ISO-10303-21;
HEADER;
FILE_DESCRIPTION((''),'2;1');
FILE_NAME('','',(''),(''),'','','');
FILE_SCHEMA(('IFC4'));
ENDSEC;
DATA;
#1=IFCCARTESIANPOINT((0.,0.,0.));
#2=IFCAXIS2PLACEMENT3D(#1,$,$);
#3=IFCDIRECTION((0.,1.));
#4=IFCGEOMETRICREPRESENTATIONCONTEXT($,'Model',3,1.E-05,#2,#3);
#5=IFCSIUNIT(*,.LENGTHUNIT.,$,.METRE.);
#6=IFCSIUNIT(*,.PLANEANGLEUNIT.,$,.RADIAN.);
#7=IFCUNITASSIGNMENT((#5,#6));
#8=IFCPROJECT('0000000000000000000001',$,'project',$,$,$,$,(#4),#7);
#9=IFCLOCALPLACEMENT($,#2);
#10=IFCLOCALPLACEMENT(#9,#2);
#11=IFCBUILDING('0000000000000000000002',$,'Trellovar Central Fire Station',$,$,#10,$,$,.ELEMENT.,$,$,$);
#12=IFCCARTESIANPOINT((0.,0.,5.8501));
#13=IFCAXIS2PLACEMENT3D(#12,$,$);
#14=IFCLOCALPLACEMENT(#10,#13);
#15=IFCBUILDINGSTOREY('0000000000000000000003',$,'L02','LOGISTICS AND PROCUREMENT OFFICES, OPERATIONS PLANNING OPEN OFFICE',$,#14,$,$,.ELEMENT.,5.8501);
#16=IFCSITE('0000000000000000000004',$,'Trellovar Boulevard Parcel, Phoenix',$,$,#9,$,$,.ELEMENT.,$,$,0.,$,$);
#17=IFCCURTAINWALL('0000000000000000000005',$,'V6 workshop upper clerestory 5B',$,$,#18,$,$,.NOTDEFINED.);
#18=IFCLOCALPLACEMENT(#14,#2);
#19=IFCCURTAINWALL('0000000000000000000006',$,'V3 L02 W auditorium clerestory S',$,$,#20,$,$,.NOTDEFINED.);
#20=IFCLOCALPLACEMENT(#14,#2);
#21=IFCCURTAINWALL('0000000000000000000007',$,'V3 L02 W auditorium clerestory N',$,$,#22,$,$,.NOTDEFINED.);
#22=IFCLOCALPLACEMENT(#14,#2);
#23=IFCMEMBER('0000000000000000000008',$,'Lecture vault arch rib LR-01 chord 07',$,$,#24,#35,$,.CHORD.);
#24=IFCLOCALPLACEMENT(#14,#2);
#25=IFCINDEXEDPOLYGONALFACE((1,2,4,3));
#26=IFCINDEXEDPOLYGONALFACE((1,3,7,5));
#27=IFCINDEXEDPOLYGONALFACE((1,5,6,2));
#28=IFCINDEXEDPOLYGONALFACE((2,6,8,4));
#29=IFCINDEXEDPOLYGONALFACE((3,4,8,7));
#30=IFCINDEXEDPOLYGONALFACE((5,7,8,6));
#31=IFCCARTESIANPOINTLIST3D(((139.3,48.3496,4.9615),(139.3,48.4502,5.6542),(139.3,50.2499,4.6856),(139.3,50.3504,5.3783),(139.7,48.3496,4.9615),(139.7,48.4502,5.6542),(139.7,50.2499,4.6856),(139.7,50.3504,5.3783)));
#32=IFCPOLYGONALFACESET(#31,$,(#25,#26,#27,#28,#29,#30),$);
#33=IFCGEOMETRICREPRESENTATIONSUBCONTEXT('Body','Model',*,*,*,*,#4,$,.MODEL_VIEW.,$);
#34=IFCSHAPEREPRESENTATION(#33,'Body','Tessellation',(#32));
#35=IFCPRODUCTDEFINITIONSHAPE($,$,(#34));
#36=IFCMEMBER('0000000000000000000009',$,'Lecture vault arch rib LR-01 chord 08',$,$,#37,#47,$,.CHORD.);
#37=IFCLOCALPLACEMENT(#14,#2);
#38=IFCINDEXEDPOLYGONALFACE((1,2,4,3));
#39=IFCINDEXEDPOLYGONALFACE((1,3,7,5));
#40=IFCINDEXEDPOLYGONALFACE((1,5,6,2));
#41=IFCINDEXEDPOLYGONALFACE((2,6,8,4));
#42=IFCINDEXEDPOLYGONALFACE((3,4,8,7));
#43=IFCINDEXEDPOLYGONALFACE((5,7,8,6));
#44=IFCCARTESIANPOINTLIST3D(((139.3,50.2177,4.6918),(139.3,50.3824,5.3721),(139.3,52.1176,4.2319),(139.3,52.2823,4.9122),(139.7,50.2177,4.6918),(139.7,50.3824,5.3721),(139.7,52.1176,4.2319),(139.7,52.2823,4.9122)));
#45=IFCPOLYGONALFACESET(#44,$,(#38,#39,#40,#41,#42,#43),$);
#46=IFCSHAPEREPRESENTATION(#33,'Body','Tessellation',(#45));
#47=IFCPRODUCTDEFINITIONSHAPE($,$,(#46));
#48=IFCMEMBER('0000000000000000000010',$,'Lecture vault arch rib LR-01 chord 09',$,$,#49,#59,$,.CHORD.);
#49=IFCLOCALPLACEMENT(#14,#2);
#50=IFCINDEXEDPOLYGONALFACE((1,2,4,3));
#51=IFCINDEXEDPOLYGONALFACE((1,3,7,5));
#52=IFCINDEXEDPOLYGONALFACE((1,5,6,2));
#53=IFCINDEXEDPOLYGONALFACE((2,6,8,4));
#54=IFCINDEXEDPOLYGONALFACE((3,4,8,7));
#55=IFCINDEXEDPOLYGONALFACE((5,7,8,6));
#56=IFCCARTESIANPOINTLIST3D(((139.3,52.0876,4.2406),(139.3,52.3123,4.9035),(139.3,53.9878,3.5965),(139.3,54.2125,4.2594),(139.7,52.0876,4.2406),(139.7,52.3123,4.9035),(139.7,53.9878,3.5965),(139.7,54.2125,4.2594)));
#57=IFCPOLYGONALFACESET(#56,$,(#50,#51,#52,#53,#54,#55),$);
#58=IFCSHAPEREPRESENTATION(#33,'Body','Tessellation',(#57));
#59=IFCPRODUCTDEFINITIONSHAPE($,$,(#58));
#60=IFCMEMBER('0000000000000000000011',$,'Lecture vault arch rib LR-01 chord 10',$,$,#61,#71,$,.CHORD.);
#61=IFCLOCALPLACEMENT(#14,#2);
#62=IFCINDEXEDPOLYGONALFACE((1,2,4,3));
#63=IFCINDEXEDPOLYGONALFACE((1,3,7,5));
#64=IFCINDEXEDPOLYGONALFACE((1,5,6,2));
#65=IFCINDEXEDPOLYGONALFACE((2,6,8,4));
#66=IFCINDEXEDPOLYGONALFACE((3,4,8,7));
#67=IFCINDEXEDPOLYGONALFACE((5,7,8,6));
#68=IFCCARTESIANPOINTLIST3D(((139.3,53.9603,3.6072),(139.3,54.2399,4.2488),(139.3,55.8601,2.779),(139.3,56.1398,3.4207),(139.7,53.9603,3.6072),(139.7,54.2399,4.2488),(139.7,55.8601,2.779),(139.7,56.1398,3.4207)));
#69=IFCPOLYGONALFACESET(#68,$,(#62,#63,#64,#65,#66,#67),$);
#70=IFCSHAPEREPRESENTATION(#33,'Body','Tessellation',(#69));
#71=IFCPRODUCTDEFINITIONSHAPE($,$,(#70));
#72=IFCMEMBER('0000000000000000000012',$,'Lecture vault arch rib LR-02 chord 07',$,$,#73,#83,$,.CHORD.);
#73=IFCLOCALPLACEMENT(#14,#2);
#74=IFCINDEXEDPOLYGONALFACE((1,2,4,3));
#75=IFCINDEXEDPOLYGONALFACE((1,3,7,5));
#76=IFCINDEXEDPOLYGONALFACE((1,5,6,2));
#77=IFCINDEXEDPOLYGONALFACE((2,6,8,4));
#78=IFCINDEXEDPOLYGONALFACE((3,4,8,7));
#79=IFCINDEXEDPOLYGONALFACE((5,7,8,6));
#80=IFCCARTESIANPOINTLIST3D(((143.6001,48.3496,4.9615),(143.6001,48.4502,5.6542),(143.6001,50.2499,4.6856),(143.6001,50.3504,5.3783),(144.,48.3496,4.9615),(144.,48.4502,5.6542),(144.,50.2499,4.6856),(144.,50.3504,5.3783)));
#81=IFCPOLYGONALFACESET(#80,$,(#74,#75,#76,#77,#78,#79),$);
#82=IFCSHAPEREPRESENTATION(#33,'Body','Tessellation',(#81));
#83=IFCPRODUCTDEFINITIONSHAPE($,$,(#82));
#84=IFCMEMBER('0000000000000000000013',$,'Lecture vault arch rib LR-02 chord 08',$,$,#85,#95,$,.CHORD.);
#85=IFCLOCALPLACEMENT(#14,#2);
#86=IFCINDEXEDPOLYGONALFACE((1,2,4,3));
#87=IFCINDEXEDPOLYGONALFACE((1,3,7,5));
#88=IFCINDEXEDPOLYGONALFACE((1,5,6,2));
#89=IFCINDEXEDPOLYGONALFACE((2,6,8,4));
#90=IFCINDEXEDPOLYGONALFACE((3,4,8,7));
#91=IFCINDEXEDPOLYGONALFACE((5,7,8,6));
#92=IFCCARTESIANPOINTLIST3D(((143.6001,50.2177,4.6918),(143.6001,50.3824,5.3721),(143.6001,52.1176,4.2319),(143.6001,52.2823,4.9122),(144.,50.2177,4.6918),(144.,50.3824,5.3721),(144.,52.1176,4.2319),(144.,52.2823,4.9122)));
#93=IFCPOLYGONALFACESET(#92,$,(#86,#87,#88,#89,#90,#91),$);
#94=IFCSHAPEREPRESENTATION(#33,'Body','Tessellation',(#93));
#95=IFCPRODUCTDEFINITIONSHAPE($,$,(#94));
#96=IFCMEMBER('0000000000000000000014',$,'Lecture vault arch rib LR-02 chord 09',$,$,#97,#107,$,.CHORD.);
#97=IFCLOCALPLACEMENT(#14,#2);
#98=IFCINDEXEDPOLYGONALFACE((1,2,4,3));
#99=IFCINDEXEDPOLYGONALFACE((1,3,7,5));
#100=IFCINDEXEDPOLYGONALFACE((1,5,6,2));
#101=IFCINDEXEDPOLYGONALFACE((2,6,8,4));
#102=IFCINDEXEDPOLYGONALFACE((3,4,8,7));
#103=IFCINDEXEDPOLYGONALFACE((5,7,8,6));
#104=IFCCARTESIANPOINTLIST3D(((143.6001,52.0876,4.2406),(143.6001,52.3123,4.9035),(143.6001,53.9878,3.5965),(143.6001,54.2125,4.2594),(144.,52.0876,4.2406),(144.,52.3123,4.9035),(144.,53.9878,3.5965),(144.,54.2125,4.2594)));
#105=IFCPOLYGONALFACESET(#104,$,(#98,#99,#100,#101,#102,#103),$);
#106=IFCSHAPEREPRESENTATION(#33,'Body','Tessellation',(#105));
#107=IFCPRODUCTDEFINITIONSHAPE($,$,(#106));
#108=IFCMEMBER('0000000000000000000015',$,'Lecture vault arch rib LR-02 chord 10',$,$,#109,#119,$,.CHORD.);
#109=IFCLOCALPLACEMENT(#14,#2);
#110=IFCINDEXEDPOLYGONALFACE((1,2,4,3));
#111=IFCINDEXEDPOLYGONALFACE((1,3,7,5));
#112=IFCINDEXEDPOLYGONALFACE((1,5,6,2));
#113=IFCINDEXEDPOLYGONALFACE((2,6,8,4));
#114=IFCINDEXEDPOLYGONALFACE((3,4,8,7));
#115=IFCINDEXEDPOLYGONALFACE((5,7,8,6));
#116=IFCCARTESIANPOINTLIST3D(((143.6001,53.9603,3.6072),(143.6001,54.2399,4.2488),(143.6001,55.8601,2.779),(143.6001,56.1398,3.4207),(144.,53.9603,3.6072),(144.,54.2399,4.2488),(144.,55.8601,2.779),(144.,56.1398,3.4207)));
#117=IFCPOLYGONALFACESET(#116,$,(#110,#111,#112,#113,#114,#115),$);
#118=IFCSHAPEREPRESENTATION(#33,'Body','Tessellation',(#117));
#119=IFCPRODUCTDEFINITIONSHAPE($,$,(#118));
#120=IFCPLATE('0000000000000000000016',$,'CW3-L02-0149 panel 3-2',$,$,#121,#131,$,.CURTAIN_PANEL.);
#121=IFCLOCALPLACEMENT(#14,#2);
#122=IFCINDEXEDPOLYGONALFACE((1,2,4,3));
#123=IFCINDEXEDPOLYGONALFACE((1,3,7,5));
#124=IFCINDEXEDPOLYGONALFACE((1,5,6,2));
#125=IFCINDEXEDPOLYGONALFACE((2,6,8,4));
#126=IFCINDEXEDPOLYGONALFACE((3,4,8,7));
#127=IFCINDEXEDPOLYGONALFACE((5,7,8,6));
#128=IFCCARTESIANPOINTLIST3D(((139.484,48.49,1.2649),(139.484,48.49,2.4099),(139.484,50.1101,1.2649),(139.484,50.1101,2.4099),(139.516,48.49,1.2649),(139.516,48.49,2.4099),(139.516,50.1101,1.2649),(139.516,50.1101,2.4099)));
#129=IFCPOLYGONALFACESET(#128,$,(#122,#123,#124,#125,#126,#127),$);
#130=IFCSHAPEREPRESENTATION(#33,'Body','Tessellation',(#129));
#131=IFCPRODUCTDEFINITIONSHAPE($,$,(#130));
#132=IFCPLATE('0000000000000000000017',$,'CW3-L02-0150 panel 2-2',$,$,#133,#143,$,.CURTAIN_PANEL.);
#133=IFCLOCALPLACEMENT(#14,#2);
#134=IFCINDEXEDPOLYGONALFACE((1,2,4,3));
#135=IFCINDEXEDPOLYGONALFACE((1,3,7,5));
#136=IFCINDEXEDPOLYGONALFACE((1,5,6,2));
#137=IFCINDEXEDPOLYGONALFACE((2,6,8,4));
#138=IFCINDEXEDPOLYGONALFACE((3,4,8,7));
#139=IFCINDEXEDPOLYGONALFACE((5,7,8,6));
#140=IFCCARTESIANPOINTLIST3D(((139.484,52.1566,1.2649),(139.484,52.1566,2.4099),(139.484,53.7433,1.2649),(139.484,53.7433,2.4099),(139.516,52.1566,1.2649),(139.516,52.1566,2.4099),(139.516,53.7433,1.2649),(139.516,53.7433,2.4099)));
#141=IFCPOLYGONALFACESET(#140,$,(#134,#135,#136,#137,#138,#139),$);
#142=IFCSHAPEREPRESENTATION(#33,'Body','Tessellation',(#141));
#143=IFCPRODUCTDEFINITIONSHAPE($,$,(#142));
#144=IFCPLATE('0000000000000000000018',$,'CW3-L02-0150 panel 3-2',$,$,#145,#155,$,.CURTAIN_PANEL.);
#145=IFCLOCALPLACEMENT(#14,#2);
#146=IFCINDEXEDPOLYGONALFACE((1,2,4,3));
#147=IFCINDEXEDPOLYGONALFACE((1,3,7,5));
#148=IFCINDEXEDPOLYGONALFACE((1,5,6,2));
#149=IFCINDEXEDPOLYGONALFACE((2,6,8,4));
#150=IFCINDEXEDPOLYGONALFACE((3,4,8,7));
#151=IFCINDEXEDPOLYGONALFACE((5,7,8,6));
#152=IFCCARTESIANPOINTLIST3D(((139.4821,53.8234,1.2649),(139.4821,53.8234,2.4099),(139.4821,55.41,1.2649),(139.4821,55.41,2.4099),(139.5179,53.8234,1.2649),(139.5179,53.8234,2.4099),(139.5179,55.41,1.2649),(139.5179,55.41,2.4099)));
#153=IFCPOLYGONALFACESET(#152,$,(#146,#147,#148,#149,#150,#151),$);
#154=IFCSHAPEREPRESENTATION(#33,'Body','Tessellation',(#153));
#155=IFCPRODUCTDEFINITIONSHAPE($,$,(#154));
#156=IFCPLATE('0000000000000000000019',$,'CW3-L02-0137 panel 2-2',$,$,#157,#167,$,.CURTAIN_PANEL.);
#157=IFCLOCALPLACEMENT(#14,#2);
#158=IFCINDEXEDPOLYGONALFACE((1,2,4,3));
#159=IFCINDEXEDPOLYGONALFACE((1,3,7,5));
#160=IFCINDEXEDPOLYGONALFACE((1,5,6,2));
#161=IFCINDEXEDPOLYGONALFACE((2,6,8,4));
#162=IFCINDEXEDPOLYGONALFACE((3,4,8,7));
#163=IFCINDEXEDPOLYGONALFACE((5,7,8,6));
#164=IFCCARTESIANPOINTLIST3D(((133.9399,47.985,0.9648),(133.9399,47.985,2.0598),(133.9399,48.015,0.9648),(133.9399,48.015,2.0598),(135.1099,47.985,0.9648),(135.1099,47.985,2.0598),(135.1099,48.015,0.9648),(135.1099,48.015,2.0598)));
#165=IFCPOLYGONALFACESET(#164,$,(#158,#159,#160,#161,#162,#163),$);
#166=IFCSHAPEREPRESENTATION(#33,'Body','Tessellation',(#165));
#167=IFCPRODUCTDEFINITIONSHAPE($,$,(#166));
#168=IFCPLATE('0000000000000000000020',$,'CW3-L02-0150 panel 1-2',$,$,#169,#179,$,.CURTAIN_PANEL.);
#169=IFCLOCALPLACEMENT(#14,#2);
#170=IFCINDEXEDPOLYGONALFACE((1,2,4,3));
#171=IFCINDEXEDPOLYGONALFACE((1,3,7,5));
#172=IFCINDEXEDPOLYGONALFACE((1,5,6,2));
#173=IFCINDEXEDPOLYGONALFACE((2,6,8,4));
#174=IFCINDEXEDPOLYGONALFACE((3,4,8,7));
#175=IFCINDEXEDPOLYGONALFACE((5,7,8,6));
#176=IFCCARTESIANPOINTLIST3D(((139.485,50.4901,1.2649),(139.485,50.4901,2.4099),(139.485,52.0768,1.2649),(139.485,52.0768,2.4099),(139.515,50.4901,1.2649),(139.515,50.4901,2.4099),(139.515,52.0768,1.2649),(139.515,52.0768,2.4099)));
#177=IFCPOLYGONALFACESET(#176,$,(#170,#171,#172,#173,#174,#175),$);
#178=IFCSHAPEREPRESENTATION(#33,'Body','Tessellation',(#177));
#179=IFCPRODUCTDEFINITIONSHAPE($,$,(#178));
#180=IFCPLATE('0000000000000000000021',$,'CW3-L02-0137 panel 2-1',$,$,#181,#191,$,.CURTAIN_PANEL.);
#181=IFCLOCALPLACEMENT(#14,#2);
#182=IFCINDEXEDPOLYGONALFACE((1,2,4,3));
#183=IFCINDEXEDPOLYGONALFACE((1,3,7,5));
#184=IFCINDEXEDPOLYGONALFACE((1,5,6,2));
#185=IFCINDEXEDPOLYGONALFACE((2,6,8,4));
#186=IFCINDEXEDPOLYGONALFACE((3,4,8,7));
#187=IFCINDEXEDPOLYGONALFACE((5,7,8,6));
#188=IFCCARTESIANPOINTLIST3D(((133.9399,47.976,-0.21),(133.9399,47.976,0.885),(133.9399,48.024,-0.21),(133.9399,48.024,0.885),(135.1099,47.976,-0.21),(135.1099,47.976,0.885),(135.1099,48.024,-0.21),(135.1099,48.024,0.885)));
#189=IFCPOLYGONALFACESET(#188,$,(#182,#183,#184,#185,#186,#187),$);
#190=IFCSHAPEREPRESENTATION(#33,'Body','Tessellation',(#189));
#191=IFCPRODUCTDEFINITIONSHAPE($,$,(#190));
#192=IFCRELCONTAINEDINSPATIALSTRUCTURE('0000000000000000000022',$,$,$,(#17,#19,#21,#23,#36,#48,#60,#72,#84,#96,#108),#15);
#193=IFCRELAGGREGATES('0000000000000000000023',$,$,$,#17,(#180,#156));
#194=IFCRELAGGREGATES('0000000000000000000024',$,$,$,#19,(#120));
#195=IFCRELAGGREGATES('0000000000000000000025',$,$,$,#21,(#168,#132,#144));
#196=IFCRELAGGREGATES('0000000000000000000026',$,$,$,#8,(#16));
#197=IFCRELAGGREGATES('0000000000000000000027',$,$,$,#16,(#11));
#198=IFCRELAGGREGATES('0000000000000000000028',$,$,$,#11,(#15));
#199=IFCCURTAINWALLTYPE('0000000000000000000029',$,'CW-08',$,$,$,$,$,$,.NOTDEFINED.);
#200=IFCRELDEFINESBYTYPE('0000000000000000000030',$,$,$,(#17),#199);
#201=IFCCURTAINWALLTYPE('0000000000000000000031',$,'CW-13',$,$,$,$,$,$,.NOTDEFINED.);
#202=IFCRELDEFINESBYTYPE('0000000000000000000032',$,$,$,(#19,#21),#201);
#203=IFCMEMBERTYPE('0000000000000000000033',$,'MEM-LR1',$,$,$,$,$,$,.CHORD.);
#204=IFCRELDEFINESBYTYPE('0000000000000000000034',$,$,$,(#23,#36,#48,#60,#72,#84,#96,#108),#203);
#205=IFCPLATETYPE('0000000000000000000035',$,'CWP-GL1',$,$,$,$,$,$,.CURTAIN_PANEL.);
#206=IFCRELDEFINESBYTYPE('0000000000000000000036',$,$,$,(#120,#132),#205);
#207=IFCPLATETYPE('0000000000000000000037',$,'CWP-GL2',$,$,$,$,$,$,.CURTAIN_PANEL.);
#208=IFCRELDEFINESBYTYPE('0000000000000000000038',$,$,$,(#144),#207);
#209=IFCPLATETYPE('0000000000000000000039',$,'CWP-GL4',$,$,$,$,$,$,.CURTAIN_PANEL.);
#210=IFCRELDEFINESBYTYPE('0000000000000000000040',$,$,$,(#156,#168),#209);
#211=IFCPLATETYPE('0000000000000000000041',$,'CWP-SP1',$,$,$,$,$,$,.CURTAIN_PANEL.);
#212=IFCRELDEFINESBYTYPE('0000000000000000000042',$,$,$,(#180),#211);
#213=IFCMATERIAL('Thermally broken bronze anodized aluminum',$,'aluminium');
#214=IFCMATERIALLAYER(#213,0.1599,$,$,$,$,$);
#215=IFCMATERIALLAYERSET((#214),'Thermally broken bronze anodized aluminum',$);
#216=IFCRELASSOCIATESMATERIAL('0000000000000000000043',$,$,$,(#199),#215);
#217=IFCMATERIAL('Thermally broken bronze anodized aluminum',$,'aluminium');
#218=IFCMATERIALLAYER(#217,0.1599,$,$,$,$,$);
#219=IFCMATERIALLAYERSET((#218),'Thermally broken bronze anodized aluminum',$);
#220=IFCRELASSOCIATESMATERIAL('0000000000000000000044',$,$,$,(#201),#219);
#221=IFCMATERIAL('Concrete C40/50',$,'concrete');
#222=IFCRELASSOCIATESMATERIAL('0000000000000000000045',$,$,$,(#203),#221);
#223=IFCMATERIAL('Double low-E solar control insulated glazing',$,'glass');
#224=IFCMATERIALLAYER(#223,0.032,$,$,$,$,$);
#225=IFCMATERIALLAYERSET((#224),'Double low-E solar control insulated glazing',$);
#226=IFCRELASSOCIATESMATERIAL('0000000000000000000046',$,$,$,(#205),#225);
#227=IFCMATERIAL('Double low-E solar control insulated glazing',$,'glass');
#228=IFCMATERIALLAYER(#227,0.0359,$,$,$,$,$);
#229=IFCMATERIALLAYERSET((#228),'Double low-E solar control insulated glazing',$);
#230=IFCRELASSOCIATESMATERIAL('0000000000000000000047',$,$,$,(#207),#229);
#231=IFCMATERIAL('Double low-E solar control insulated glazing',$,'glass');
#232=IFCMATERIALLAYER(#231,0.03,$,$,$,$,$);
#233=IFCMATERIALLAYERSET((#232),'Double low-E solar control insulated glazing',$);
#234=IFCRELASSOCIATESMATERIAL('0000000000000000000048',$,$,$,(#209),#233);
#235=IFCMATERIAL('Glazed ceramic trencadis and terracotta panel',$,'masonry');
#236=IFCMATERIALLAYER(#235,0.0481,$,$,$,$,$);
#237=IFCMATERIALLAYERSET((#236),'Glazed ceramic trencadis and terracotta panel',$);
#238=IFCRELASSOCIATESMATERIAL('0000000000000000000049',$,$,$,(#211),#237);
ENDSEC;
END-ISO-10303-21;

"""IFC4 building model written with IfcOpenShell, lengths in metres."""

from ifc_helpers import new_model, si_unit, direction, frame, origin, origin_2d, place, context, subcontext, project, spatial, rectangle, extrude, material, layer, layer_set, material_profile, profile_set, type_object, element, aggregate, save


model = new_model("IFC4")

# Units and contexts
model_context = context("Model", 3, precision=1e-05, world=origin(), true_north=direction((0.0, 1.0)))
body_context = subcontext(model_context, "Body", "Model", "MODEL_VIEW")
ifc_project = project(units=[si_unit("LENGTHUNIT", "METRE"), si_unit("PLANEANGLEUNIT", "RADIAN")], contexts=[model_context])

# Site, building, storey
site_placement = place(None, origin())
site = spatial("IfcSite", under=ifc_project, at=site_placement, Name="Trellovar Boulevard Parcel, Phoenix", CompositionType="ELEMENT", RefElevation=0.0)
building_placement = place(site_placement, origin())
building = spatial("IfcBuilding", under=site, at=building_placement, Name="Trellovar Central Fire Station", CompositionType="ELEMENT")
storey_placement = place(building_placement, frame((0.0, 0.0, 5.8501)))
storey = spatial("IfcBuildingStorey", under=building, at=storey_placement, Name="L02", Description="LOGISTICS AND PROCUREMENT OFFICES, OPERATIONS PLANNING OPEN OFFICE", CompositionType="ELEMENT", Elevation=5.8501)

# Curtain wall
ifc_material_1 = material(Name="Thermally broken bronze anodized aluminum", Category="aluminium")
ifc_layer_1 = layer(ifc_material_1, 0.1599)
ifc_layer_set_1 = layer_set([ifc_layer_1], Name="Thermally broken bronze anodized aluminum")
curtain_wall_type_1 = type_object("IfcCurtainWallType", Name="CW-08", PredefinedType="NOTDEFINED", material=ifc_layer_set_1)
curtain_wall_1_placement = place(storey_placement, origin())
curtain_wall_1 = element("IfcCurtainWall", 1, at=curtain_wall_1_placement, inside=storey, type_object=curtain_wall_type_1, Name="V6 workshop upper clerestory 5B", PredefinedType="NOTDEFINED")

# Curtain walls
ifc_material_2 = material(Name="Thermally broken bronze anodized aluminum", Category="aluminium")
ifc_layer_2 = layer(ifc_material_2, 0.1599)
ifc_layer_set_2 = layer_set([ifc_layer_2], Name="Thermally broken bronze anodized aluminum")
curtain_wall_type_2 = type_object("IfcCurtainWallType", Name="CW-13", PredefinedType="NOTDEFINED", material=ifc_layer_set_2)
curtain_wall_2_placement = place(storey_placement, origin())
curtain_wall_2 = element("IfcCurtainWall", 2, at=curtain_wall_2_placement, inside=storey, type_object=curtain_wall_type_2, Name="V3 L02 W auditorium clerestory S", PredefinedType="NOTDEFINED")
curtain_wall_3_placement = place(storey_placement, origin())
curtain_wall_3 = element("IfcCurtainWall", 3, at=curtain_wall_3_placement, inside=storey, type_object=curtain_wall_type_2, Name="V3 L02 W auditorium clerestory N", PredefinedType="NOTDEFINED")

# Members
ifc_material_3 = material(Name="Concrete C40/50", Category="concrete")
ifc_material_profile_1 = material_profile(ifc_material_3, rectangle(XDim=0.3999, YDim=0.7, at=origin_2d()), Name="RC400X700")
ifc_profile_set_1 = profile_set([ifc_material_profile_1], Name="Concrete C40/50")
member_type_1 = type_object("IfcMemberType", Name="MEM-LR1", PredefinedType="CHORD", material=ifc_profile_set_1)
member_1_placement = place(storey_placement, frame((139.5, 48.3999, 5.3079), z_axis=(0.0, 0.989624, -0.143682), x_axis=(-1.0, 0.0, 0.0)))
element("IfcMember", 4, at=member_1_placement, inside=storey, type_object=member_type_1, Name="Lecture vault arch rib LR-01 chord 07", PredefinedType="CHORD", context=body_context, shape_type="SweptSolid", body=[
    extrude(rectangle(XDim=0.3999, YDim=0.7, at=origin_2d()), origin(), (0.0, 0.0, 1.0), 1.9202),
])
member_2_placement = place(storey_placement, frame((139.5, 50.3, 5.032), z_axis=(0.0, 0.971923, -0.2353), x_axis=(-1.0, 0.0, 0.0)))
element("IfcMember", 5, at=member_2_placement, inside=storey, type_object=member_type_1, Name="Lecture vault arch rib LR-01 chord 08", PredefinedType="CHORD", context=body_context, shape_type="SweptSolid", body=[
    extrude(rectangle(XDim=0.3999, YDim=0.7, at=origin_2d()), origin(), (0.0, 0.0, 1.0), 1.9548),
])
member_3_placement = place(storey_placement, frame((139.5, 52.2, 4.572), z_axis=(0.0, 0.947077, -0.321006), x_axis=(-1.0, 0.0, 0.0)))
element("IfcMember", 6, at=member_3_placement, inside=storey, type_object=member_type_1, Name="Lecture vault arch rib LR-01 chord 09", PredefinedType="CHORD", context=body_context, shape_type="SweptSolid", body=[
    extrude(rectangle(XDim=0.3999, YDim=0.7, at=origin_2d()), origin(), (0.0, 0.0, 1.0), 2.0063),
])
member_4_placement = place(storey_placement, frame((139.5, 54.1001, 3.928), z_axis=(0.0, 0.916703, -0.39957), x_axis=(-1.0, 0.0, 0.0)))
element("IfcMember", 7, at=member_4_placement, inside=storey, type_object=member_type_1, Name="Lecture vault arch rib LR-01 chord 10", PredefinedType="CHORD", context=body_context, shape_type="SweptSolid", body=[
    extrude(rectangle(XDim=0.3999, YDim=0.7, at=origin_2d()), origin(), (0.0, 0.0, 1.0), 2.0725),
])
member_5_placement = place(storey_placement, frame((143.8, 48.3999, 5.3079), z_axis=(0.0, 0.989624, -0.143682), x_axis=(-1.0, 0.0, 0.0)))
element("IfcMember", 8, at=member_5_placement, inside=storey, type_object=member_type_1, Name="Lecture vault arch rib LR-02 chord 07", PredefinedType="CHORD", context=body_context, shape_type="SweptSolid", body=[
    extrude(rectangle(XDim=0.3999, YDim=0.7, at=origin_2d()), origin(), (0.0, 0.0, 1.0), 1.9202),
])
member_6_placement = place(storey_placement, frame((143.8, 50.3, 5.032), z_axis=(0.0, 0.971923, -0.2353), x_axis=(-1.0, 0.0, 0.0)))
element("IfcMember", 9, at=member_6_placement, inside=storey, type_object=member_type_1, Name="Lecture vault arch rib LR-02 chord 08", PredefinedType="CHORD", context=body_context, shape_type="SweptSolid", body=[
    extrude(rectangle(XDim=0.3999, YDim=0.7, at=origin_2d()), origin(), (0.0, 0.0, 1.0), 1.9548),
])
member_7_placement = place(storey_placement, frame((143.8, 52.2, 4.572), z_axis=(0.0, 0.947077, -0.321006), x_axis=(-1.0, 0.0, 0.0)))
element("IfcMember", 10, at=member_7_placement, inside=storey, type_object=member_type_1, Name="Lecture vault arch rib LR-02 chord 09", PredefinedType="CHORD", context=body_context, shape_type="SweptSolid", body=[
    extrude(rectangle(XDim=0.3999, YDim=0.7, at=origin_2d()), origin(), (0.0, 0.0, 1.0), 2.0063),
])
member_8_placement = place(storey_placement, frame((143.8, 54.1001, 3.928), z_axis=(0.0, 0.916703, -0.39957), x_axis=(-1.0, 0.0, 0.0)))
element("IfcMember", 11, at=member_8_placement, inside=storey, type_object=member_type_1, Name="Lecture vault arch rib LR-02 chord 10", PredefinedType="CHORD", context=body_context, shape_type="SweptSolid", body=[
    extrude(rectangle(XDim=0.3999, YDim=0.7, at=origin_2d()), origin(), (0.0, 0.0, 1.0), 2.0725),
])

# Plates
ifc_material_4 = material(Name="Double low-E solar control insulated glazing", Category="glass")
ifc_layer_3 = layer(ifc_material_4, 0.032)
ifc_layer_set_3 = layer_set([ifc_layer_3], Name="Double low-E solar control insulated glazing")
plate_type_1 = type_object("IfcPlateType", Name="CWP-GL1", PredefinedType="CURTAIN_PANEL", material=ifc_layer_set_3)
plate_1_placement = place(storey_placement, frame((139.5, 49.3, 1.2649), z_axis=(0.0, 0.0, 1.0), x_axis=(0.0, 1.0, 0.0)))
plate_1 = element("IfcPlate", 12, at=plate_1_placement, type_object=plate_type_1, Name="CW3-L02-0149 panel 3-2", PredefinedType="CURTAIN_PANEL", context=body_context, shape_type="SweptSolid", body=[
    extrude(rectangle(XDim=1.6201, YDim=0.032, at=origin_2d()), origin(), (0.0, 0.0, 1.0), 1.145),
])
plate_2_placement = place(storey_placement, frame((139.5, 52.95, 1.2649), z_axis=(0.0, 0.0, 1.0), x_axis=(0.0, 1.0, 0.0)))
plate_2 = element("IfcPlate", 13, at=plate_2_placement, type_object=plate_type_1, Name="CW3-L02-0150 panel 2-2", PredefinedType="CURTAIN_PANEL", context=body_context, shape_type="SweptSolid", body=[
    extrude(rectangle(XDim=1.5867, YDim=0.032, at=origin_2d()), origin(), (0.0, 0.0, 1.0), 1.145),
])
ifc_material_5 = material(Name="Double low-E solar control insulated glazing", Category="glass")
ifc_layer_4 = layer(ifc_material_5, 0.0359)
ifc_layer_set_4 = layer_set([ifc_layer_4], Name="Double low-E solar control insulated glazing")
plate_type_2 = type_object("IfcPlateType", Name="CWP-GL2", PredefinedType="CURTAIN_PANEL", material=ifc_layer_set_4)
plate_3_placement = place(storey_placement, frame((139.5, 54.6167, 1.2649), z_axis=(0.0, 0.0, 1.0), x_axis=(0.0, 1.0, 0.0)))
plate_3 = element("IfcPlate", 14, at=plate_3_placement, type_object=plate_type_2, Name="CW3-L02-0150 panel 3-2", PredefinedType="CURTAIN_PANEL", context=body_context, shape_type="SweptSolid", body=[
    extrude(rectangle(XDim=1.5867, YDim=0.0359, at=origin_2d()), origin(), (0.0, 0.0, 1.0), 1.145),
])
ifc_material_6 = material(Name="Double low-E solar control insulated glazing", Category="glass")
ifc_layer_5 = layer(ifc_material_6, 0.03)
ifc_layer_set_5 = layer_set([ifc_layer_5], Name="Double low-E solar control insulated glazing")
plate_type_3 = type_object("IfcPlateType", Name="CWP-GL4", PredefinedType="CURTAIN_PANEL", material=ifc_layer_set_5)
plate_4_placement = place(storey_placement, frame((134.5249, 48.0, 0.9648), z_axis=(0.0, 0.0, 1.0), x_axis=(1.0, 0.0, 0.0)))
plate_4 = element("IfcPlate", 15, at=plate_4_placement, type_object=plate_type_3, Name="CW3-L02-0137 panel 2-2", PredefinedType="CURTAIN_PANEL", context=body_context, shape_type="SweptSolid", body=[
    extrude(rectangle(XDim=1.1699, YDim=0.03, at=origin_2d()), origin(), (0.0, 0.0, 1.0), 1.095),
])
plate_5_placement = place(storey_placement, frame((139.5, 51.2834, 1.2649), z_axis=(0.0, 0.0, 1.0), x_axis=(0.0, 1.0, 0.0)))
plate_5 = element("IfcPlate", 16, at=plate_5_placement, type_object=plate_type_3, Name="CW3-L02-0150 panel 1-2", PredefinedType="CURTAIN_PANEL", context=body_context, shape_type="SweptSolid", body=[
    extrude(rectangle(XDim=1.5867, YDim=0.03, at=origin_2d()), origin(), (0.0, 0.0, 1.0), 1.145),
])
ifc_material_7 = material(Name="Glazed ceramic trencadis and terracotta panel", Category="masonry")
ifc_layer_6 = layer(ifc_material_7, 0.0481)
ifc_layer_set_6 = layer_set([ifc_layer_6], Name="Glazed ceramic trencadis and terracotta panel")
plate_type_4 = type_object("IfcPlateType", Name="CWP-SP1", PredefinedType="CURTAIN_PANEL", material=ifc_layer_set_6)
plate_6_placement = place(storey_placement, frame((134.5249, 48.0, -0.21), z_axis=(0.0, 0.0, 1.0), x_axis=(1.0, 0.0, 0.0)))
plate_6 = element("IfcPlate", 17, at=plate_6_placement, type_object=plate_type_4, Name="CW3-L02-0137 panel 2-1", PredefinedType="CURTAIN_PANEL", context=body_context, shape_type="SweptSolid", body=[
    extrude(rectangle(XDim=1.1699, YDim=0.0481, at=origin_2d()), origin(), (0.0, 0.0, 1.0), 1.095),
])
aggregate(curtain_wall_1, [plate_6, plate_4])
aggregate(curtain_wall_2, [plate_1])
aggregate(curtain_wall_3, [plate_5, plate_2, plate_3])

save(model, "model.ifc")
